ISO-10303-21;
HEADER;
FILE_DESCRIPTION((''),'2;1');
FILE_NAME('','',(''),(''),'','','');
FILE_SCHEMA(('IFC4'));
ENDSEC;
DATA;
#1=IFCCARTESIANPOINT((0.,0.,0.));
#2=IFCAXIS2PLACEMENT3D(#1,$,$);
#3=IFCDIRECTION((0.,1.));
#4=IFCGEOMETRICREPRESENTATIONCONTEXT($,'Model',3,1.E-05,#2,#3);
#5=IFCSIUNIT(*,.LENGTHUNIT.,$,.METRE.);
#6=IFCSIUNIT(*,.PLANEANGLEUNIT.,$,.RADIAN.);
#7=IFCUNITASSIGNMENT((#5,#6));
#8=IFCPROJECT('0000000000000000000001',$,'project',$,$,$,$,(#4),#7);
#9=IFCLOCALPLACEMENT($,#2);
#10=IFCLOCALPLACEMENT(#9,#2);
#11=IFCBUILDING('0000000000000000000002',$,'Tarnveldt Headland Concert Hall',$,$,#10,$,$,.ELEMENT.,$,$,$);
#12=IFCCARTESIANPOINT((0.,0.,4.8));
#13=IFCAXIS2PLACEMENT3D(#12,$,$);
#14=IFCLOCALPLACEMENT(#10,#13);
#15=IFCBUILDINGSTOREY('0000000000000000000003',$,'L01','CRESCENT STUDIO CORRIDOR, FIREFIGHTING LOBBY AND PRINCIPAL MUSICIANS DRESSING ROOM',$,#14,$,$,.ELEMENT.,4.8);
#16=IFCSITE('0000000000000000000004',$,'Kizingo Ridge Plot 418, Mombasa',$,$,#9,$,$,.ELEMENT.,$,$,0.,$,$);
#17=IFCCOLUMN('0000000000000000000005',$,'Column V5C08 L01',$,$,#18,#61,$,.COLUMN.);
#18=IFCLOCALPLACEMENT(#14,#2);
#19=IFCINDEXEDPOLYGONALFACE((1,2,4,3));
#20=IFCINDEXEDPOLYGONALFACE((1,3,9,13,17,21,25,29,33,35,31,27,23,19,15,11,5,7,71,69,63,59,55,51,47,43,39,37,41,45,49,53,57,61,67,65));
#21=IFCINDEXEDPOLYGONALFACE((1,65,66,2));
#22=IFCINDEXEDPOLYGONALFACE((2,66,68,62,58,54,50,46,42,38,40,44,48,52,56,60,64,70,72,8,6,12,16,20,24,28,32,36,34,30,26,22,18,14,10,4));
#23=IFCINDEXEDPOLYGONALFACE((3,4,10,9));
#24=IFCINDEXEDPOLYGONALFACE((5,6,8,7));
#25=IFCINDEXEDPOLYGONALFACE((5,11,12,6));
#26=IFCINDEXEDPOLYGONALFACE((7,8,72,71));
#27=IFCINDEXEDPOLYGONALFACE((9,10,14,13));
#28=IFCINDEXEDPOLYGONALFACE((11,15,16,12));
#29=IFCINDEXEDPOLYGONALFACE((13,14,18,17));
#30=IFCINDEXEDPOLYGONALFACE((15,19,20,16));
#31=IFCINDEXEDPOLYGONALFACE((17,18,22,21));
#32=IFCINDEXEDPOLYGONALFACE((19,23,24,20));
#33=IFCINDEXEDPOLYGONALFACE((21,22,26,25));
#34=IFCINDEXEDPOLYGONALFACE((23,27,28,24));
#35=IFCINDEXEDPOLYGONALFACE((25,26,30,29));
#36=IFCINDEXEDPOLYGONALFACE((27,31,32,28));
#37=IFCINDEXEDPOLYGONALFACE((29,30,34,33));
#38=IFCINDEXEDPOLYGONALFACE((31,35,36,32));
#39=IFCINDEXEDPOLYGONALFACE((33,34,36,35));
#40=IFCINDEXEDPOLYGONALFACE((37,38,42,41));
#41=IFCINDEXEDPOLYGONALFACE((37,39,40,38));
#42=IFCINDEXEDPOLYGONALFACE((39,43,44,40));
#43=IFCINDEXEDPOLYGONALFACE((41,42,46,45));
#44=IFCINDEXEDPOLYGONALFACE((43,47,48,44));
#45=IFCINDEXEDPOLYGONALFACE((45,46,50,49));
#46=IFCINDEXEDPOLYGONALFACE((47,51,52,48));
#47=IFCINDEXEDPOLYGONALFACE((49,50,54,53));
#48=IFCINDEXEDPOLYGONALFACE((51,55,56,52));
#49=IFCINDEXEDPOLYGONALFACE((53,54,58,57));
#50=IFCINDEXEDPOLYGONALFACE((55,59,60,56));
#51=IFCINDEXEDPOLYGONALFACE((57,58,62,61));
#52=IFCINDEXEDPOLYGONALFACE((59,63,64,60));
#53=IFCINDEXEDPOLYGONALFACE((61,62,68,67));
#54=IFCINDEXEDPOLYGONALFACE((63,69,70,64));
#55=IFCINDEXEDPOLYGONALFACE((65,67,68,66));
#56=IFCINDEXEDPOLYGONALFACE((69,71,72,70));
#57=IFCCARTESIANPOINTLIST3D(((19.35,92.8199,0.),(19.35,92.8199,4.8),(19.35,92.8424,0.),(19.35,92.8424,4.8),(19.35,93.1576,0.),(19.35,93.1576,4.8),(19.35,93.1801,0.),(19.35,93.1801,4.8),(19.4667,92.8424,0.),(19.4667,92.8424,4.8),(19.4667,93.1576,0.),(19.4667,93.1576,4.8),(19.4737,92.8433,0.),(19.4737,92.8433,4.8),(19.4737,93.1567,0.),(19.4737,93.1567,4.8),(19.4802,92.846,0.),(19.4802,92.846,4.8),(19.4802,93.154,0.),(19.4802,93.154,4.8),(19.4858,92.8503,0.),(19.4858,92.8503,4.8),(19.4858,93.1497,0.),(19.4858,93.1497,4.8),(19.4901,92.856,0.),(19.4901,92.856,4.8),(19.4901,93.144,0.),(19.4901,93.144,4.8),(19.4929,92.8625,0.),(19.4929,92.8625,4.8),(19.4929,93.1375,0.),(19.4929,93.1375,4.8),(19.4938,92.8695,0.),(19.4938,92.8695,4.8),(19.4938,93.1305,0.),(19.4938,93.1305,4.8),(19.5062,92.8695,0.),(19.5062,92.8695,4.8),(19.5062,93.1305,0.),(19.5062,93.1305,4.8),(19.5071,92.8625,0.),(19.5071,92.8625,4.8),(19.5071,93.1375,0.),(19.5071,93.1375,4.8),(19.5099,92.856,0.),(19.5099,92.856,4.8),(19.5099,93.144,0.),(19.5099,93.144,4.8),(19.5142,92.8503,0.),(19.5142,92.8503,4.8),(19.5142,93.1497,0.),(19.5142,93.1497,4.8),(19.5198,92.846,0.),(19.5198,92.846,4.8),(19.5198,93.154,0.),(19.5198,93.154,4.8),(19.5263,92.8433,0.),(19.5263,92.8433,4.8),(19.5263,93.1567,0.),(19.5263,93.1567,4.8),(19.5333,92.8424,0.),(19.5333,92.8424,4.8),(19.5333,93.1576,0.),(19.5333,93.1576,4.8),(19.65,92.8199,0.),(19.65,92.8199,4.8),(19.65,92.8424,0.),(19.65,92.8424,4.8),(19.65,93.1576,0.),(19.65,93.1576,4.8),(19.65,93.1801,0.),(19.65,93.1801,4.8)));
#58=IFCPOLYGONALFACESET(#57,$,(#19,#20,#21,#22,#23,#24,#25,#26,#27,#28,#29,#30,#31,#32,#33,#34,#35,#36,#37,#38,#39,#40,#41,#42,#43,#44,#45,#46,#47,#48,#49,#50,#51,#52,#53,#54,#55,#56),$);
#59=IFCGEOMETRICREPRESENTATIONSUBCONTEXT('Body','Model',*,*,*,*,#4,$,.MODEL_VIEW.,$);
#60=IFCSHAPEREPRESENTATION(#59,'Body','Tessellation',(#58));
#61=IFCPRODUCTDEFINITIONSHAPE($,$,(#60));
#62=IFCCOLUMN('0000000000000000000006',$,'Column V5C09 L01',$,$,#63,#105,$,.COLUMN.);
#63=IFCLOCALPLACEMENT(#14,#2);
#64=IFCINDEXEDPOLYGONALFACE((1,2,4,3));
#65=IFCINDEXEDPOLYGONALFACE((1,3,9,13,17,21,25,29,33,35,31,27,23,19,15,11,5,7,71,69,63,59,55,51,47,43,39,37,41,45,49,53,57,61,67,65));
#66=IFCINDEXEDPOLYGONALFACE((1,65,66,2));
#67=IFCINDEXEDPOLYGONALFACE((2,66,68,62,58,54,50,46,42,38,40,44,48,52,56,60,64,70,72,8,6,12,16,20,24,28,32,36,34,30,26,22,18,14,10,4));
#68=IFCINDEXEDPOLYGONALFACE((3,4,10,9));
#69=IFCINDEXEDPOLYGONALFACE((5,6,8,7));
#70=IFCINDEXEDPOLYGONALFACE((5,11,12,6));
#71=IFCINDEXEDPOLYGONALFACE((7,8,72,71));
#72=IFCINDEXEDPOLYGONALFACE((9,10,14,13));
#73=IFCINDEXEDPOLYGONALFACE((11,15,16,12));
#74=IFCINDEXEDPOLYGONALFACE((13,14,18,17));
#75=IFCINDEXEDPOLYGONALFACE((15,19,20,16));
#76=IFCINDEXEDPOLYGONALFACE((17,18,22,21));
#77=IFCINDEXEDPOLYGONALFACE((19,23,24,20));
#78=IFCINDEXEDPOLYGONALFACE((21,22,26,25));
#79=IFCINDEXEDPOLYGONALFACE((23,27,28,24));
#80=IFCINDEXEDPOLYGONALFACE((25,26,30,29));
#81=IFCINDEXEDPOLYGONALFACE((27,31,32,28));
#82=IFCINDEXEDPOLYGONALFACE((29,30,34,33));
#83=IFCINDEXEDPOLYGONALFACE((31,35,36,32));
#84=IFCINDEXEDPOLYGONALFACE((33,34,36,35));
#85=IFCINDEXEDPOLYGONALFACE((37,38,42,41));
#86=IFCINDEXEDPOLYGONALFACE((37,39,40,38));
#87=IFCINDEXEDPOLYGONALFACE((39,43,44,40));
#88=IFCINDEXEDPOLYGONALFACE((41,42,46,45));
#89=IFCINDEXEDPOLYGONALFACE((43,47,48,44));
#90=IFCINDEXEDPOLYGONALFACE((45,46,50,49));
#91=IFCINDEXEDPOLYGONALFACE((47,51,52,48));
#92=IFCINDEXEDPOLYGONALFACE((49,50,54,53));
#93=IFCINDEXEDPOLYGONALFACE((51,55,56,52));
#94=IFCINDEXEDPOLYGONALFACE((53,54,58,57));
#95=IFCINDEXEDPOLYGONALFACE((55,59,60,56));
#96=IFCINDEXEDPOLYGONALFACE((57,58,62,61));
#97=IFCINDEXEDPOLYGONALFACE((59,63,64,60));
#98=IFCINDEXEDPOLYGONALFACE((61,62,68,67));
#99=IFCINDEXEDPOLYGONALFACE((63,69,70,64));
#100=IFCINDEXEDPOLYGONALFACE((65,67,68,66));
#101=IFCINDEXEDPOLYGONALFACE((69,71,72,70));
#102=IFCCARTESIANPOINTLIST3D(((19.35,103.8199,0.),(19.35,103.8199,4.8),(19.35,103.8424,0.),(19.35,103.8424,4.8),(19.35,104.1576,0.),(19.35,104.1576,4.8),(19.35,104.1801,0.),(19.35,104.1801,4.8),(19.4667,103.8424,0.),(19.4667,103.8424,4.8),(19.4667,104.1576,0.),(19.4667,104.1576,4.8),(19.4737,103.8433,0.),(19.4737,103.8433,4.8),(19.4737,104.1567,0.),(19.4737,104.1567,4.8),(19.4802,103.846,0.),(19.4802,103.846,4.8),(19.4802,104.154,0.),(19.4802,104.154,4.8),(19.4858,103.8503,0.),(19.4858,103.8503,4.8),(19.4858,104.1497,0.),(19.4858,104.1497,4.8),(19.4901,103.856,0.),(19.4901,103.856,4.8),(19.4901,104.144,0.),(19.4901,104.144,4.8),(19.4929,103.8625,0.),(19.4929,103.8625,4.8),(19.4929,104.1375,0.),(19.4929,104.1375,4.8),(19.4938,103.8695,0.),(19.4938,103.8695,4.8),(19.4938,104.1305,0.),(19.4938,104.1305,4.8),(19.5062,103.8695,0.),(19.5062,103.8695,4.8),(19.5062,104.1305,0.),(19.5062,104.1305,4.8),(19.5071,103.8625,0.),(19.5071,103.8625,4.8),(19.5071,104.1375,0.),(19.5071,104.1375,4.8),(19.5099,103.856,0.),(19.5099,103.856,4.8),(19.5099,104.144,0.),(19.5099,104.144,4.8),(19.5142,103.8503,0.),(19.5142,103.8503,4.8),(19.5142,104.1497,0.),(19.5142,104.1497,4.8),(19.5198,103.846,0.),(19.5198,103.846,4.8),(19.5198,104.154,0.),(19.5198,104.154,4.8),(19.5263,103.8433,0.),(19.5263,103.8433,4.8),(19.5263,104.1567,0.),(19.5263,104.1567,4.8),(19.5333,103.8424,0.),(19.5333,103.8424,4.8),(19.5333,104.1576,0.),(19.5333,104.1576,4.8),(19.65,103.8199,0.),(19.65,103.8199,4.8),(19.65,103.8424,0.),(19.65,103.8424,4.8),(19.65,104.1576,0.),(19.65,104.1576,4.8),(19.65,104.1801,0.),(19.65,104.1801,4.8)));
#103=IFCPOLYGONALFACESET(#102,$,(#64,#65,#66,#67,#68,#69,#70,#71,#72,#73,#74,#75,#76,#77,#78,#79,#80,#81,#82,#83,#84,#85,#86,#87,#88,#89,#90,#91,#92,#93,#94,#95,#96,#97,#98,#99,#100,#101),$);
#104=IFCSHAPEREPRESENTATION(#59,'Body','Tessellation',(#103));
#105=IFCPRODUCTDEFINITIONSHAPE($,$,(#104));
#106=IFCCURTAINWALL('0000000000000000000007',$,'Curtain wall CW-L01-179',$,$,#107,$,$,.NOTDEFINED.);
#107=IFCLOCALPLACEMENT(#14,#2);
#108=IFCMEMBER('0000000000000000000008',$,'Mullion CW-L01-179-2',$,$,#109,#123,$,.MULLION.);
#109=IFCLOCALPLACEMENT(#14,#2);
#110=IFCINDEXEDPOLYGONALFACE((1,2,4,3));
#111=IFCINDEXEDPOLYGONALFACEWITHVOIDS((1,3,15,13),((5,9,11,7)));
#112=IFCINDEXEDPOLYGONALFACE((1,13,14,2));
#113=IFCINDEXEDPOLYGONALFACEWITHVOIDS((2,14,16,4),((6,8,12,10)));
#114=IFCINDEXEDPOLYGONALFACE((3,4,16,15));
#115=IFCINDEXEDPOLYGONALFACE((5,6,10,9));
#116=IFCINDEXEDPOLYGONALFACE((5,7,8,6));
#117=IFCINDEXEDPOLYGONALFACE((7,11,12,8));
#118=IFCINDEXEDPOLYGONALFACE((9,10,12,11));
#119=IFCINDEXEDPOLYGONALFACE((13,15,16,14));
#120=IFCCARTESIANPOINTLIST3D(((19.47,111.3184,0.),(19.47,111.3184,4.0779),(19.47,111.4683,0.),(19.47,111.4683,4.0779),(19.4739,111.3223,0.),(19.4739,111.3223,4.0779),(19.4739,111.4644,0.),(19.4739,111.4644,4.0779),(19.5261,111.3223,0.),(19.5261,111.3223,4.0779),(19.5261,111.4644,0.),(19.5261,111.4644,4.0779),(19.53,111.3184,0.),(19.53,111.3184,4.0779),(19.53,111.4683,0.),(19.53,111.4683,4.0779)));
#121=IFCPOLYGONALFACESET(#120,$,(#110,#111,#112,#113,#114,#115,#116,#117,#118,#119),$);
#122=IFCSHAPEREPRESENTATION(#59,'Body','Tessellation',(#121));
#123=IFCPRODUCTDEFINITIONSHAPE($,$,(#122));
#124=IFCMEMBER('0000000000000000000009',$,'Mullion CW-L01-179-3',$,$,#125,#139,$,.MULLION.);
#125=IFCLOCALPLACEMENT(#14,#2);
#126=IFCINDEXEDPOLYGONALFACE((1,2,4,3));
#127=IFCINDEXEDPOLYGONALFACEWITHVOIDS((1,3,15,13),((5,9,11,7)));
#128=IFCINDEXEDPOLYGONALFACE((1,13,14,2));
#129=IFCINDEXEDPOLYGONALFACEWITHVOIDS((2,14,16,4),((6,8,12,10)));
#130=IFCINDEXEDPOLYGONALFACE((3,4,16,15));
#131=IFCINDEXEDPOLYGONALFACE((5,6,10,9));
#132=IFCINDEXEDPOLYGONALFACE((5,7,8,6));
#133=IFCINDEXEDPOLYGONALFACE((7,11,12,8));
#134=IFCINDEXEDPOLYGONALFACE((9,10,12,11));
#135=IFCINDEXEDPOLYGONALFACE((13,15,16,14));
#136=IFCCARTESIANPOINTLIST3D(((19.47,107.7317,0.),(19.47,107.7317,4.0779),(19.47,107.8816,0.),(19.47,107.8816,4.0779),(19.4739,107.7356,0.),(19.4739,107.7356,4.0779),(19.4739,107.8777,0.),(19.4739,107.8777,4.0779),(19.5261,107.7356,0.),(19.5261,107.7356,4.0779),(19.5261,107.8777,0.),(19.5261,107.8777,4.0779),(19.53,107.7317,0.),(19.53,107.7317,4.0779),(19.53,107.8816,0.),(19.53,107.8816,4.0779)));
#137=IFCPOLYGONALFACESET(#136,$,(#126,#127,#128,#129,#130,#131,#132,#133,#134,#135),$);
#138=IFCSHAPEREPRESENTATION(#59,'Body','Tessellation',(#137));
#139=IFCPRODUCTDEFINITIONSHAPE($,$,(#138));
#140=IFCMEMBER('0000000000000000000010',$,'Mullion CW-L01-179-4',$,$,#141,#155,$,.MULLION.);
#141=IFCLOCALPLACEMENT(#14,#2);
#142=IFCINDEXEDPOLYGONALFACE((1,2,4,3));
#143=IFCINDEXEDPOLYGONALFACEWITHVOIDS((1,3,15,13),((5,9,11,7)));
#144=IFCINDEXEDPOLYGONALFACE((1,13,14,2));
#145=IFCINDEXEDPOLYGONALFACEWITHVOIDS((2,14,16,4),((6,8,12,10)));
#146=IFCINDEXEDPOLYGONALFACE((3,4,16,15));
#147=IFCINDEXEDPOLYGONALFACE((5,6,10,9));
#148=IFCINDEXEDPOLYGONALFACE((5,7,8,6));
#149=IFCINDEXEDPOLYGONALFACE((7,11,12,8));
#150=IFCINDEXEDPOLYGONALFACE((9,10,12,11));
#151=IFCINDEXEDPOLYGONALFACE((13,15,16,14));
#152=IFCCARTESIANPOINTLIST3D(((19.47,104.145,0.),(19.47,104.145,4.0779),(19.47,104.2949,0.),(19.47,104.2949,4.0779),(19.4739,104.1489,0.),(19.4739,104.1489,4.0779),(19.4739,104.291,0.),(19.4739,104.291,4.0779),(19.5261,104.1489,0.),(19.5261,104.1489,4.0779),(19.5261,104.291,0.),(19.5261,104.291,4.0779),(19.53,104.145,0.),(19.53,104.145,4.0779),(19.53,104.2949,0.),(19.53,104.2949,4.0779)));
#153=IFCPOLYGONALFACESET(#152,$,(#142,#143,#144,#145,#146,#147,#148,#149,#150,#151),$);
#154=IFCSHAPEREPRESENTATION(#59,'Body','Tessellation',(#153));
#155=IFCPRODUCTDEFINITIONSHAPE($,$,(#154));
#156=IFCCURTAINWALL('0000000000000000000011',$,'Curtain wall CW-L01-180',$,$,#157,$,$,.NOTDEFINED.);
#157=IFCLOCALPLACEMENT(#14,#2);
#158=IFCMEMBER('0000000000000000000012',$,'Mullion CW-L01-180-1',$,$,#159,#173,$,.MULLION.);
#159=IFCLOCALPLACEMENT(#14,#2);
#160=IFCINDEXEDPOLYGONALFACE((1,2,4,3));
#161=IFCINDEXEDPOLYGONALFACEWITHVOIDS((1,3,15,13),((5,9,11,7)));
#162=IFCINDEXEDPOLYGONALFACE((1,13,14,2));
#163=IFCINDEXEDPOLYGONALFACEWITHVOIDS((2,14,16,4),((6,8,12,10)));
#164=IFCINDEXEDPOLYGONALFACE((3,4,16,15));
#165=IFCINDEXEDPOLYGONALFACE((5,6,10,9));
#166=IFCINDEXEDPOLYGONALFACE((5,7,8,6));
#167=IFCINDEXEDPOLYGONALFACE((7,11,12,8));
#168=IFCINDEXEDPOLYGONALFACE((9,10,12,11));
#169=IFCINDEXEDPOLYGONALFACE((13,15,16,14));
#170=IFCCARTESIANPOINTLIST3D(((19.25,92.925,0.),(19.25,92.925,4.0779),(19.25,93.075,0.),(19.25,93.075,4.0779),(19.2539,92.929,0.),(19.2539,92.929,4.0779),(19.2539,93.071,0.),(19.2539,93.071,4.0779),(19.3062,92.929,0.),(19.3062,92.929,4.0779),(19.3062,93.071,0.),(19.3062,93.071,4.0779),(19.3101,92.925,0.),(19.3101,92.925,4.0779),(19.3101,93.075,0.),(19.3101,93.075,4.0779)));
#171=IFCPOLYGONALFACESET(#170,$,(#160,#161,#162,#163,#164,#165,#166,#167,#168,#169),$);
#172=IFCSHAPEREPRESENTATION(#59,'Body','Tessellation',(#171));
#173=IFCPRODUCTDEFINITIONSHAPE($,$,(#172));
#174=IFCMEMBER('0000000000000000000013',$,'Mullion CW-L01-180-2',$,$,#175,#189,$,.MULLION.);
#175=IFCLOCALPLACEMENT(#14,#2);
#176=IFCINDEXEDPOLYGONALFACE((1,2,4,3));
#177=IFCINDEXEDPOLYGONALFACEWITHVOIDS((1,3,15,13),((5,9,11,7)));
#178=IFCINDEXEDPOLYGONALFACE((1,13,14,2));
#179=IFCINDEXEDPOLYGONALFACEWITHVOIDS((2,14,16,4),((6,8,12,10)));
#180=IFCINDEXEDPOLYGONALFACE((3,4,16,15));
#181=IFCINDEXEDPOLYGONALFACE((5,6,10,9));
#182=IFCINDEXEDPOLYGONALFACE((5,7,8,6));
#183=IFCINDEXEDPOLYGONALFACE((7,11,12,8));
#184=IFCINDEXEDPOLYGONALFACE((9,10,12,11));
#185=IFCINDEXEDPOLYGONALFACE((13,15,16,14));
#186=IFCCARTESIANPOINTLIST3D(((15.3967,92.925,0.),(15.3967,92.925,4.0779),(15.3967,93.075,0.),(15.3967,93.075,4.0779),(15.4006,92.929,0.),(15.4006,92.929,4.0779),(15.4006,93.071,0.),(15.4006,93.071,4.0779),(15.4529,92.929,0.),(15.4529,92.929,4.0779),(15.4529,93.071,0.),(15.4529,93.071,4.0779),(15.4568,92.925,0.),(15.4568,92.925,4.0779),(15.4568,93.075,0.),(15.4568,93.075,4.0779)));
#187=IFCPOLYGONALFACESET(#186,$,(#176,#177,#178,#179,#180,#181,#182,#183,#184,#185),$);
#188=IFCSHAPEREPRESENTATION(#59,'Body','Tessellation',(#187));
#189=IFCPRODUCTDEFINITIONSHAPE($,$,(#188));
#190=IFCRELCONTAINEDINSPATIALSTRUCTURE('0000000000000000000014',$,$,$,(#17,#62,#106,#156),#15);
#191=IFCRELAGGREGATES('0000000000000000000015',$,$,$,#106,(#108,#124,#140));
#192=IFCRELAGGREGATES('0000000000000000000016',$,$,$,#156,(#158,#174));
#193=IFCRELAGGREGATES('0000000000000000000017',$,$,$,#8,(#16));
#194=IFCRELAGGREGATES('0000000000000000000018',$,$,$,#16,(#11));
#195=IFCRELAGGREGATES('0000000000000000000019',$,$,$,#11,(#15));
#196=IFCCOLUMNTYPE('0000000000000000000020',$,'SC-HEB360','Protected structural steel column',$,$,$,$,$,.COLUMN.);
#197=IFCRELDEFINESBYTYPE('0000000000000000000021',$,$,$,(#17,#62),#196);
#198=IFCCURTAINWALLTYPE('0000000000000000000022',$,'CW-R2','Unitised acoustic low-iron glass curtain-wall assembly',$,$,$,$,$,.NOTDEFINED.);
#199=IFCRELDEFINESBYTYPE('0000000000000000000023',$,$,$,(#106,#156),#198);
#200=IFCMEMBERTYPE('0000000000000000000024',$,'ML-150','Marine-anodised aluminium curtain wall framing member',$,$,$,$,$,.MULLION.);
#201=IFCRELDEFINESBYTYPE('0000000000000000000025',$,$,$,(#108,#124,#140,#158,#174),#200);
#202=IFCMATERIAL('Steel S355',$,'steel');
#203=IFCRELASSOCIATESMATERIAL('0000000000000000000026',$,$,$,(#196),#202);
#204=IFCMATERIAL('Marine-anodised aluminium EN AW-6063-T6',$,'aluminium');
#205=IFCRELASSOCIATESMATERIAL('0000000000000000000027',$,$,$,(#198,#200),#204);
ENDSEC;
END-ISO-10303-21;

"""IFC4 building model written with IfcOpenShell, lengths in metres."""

from ifc_helpers import new_model, si_unit, direction, frame, origin, origin_2d, place, context, subcontext, project, spatial, hollow_rectangle, i_section, extrude, material, material_profile, profile_set, type_object, element, aggregate, save


model = new_model("IFC4")

# Units and contexts
model_context = context("Model", 3, precision=1e-05, world=origin(), true_north=direction((0.0, 1.0)))
body_context = subcontext(model_context, "Body", "Model", "MODEL_VIEW")
ifc_project = project(units=[si_unit("LENGTHUNIT", "METRE"), si_unit("PLANEANGLEUNIT", "RADIAN")], contexts=[model_context])

# Site, building, storey
site_placement = place(None, origin())
site = spatial("IfcSite", under=ifc_project, at=site_placement, Name="Kizingo Ridge Plot 418, Mombasa", CompositionType="ELEMENT", RefElevation=0.0)
building_placement = place(site_placement, origin())
building = spatial("IfcBuilding", under=site, at=building_placement, Name="Tarnveldt Headland Concert Hall", CompositionType="ELEMENT")
storey_placement = place(building_placement, frame((0.0, 0.0, 4.8)))
storey = spatial("IfcBuildingStorey", under=building, at=storey_placement, Name="L01", Description="CRESCENT STUDIO CORRIDOR, FIREFIGHTING LOBBY AND PRINCIPAL MUSICIANS DRESSING ROOM", CompositionType="ELEMENT", Elevation=4.8)

# Columns
ifc_material_1 = material(Name="Steel S355", Category="steel")
ifc_material_profile_1 = material_profile(ifc_material_1, i_section(OverallWidth=0.3, OverallDepth=0.3601, WebThickness=0.0125, FlangeThickness=0.0225, FilletRadius=0.0271, at=origin_2d()), Name="HEB360", Category="steel")
ifc_profile_set_1 = profile_set([ifc_material_profile_1], Name="Steel S355")
column_type = type_object("IfcColumnType", Name="SC-HEB360", Description="Protected structural steel column", PredefinedType="COLUMN", material=ifc_profile_set_1)
for number, where, z_axis, x_axis, name in (
    (1, (19.5, 93.0, 0.0), (0.0, 0.0, 1.0), (1.0, 0.0, 0.0), "Column V5C08 L01"),
    (2, (19.5, 104.0, 0.0), (0.0, 0.0, 1.0), (1.0, 0.0, 0.0), "Column V5C09 L01"),
):
    element("IfcColumn", number, at=place(storey_placement, frame(where, z_axis=z_axis, x_axis=x_axis)), inside=storey, type_object=column_type, Name=name, PredefinedType="COLUMN", context=body_context, shape_type="SweptSolid", body=[
        extrude(i_section(OverallWidth=0.3, OverallDepth=0.3601, WebThickness=0.0125, FlangeThickness=0.0225, FilletRadius=0.0271, at=origin_2d()), origin(), (0.0, 0.0, 1.0), 4.8),
    ])

# Curtain walls, members
ifc_material_2 = material(Name="Marine-anodised aluminium EN AW-6063-T6", Category="aluminium")
curtain_wall_type = type_object("IfcCurtainWallType", Name="CW-R2", Description="Unitised acoustic low-iron glass curtain-wall assembly", PredefinedType="NOTDEFINED", material=ifc_material_2)
curtain_wall_1_placement = place(storey_placement, origin())
curtain_wall_1 = element("IfcCurtainWall", 3, at=curtain_wall_1_placement, inside=storey, type_object=curtain_wall_type, Name="Curtain wall CW-L01-179", PredefinedType="NOTDEFINED")
ifc_material_profile_2 = material_profile(ifc_material_2, hollow_rectangle(XDim=0.0601, YDim=0.1499, WallThickness=0.0039, at=origin_2d()), Name="ALU MULLION 60x150x4", Category="aluminium")
ifc_profile_set_2 = profile_set([ifc_material_profile_2], Name="Marine-anodised aluminium EN AW-6063-T6")
member_type_1 = type_object("IfcMemberType", Name="ML-150", Description="Marine-anodised aluminium curtain wall framing member", PredefinedType="MULLION", material=ifc_profile_set_2)
member_1_placement = place(storey_placement, frame((19.5, 111.3933, 0.0), z_axis=(0.0, 0.0, 1.0), x_axis=(1.0, 0.0, 0.0)))
member_1 = element("IfcMember", 4, at=member_1_placement, type_object=member_type_1, Name="Mullion CW-L01-179-2", PredefinedType="MULLION", context=body_context, shape_type="SweptSolid", body=[
    extrude(hollow_rectangle(XDim=0.0601, YDim=0.1499, WallThickness=0.0039, at=origin_2d()), origin(), (0.0, 0.0, 1.0), 4.0779),
])
member_2_placement = place(storey_placement, frame((19.5, 107.8066, 0.0), z_axis=(0.0, 0.0, 1.0), x_axis=(1.0, 0.0, 0.0)))
member_2 = element("IfcMember", 5, at=member_2_placement, type_object=member_type_1, Name="Mullion CW-L01-179-3", PredefinedType="MULLION", context=body_context, shape_type="SweptSolid", body=[
    extrude(hollow_rectangle(XDim=0.0601, YDim=0.1499, WallThickness=0.0039, at=origin_2d()), origin(), (0.0, 0.0, 1.0), 4.0779),
])
member_3_placement = place(storey_placement, frame((19.5, 104.22, 0.0), z_axis=(0.0, 0.0, 1.0), x_axis=(1.0, 0.0, 0.0)))
member_3 = element("IfcMember", 6, at=member_3_placement, type_object=member_type_1, Name="Mullion CW-L01-179-4", PredefinedType="MULLION", context=body_context, shape_type="SweptSolid", body=[
    extrude(hollow_rectangle(XDim=0.0601, YDim=0.1499, WallThickness=0.0039, at=origin_2d()), origin(), (0.0, 0.0, 1.0), 4.0779),
])
curtain_wall_2_placement = place(storey_placement, origin())
curtain_wall_2 = element("IfcCurtainWall", 7, at=curtain_wall_2_placement, inside=storey, type_object=curtain_wall_type, Name="Curtain wall CW-L01-180", PredefinedType="NOTDEFINED")
member_4_placement = place(storey_placement, frame((19.28, 93.0, 0.0), z_axis=(0.0, 0.0, 1.0), x_axis=(1.0, 0.0, 0.0)))
member_4 = element("IfcMember", 8, at=member_4_placement, type_object=member_type_1, Name="Mullion CW-L01-180-1", PredefinedType="MULLION", context=body_context, shape_type="SweptSolid", body=[
    extrude(hollow_rectangle(XDim=0.0601, YDim=0.1499, WallThickness=0.0039, at=origin_2d()), origin(), (0.0, 0.0, 1.0), 4.0779),
])
member_5_placement = place(storey_placement, frame((15.4268, 93.0, 0.0), z_axis=(0.0, 0.0, 1.0), x_axis=(1.0, 0.0, 0.0)))
member_5 = element("IfcMember", 9, at=member_5_placement, type_object=member_type_1, Name="Mullion CW-L01-180-2", PredefinedType="MULLION", context=body_context, shape_type="SweptSolid", body=[
    extrude(hollow_rectangle(XDim=0.0601, YDim=0.1499, WallThickness=0.0039, at=origin_2d()), origin(), (0.0, 0.0, 1.0), 4.0779),
])

aggregate(curtain_wall_1, [member_1, member_2, member_3])
aggregate(curtain_wall_2, [member_4, member_5])

save(model, "model.ifc")
